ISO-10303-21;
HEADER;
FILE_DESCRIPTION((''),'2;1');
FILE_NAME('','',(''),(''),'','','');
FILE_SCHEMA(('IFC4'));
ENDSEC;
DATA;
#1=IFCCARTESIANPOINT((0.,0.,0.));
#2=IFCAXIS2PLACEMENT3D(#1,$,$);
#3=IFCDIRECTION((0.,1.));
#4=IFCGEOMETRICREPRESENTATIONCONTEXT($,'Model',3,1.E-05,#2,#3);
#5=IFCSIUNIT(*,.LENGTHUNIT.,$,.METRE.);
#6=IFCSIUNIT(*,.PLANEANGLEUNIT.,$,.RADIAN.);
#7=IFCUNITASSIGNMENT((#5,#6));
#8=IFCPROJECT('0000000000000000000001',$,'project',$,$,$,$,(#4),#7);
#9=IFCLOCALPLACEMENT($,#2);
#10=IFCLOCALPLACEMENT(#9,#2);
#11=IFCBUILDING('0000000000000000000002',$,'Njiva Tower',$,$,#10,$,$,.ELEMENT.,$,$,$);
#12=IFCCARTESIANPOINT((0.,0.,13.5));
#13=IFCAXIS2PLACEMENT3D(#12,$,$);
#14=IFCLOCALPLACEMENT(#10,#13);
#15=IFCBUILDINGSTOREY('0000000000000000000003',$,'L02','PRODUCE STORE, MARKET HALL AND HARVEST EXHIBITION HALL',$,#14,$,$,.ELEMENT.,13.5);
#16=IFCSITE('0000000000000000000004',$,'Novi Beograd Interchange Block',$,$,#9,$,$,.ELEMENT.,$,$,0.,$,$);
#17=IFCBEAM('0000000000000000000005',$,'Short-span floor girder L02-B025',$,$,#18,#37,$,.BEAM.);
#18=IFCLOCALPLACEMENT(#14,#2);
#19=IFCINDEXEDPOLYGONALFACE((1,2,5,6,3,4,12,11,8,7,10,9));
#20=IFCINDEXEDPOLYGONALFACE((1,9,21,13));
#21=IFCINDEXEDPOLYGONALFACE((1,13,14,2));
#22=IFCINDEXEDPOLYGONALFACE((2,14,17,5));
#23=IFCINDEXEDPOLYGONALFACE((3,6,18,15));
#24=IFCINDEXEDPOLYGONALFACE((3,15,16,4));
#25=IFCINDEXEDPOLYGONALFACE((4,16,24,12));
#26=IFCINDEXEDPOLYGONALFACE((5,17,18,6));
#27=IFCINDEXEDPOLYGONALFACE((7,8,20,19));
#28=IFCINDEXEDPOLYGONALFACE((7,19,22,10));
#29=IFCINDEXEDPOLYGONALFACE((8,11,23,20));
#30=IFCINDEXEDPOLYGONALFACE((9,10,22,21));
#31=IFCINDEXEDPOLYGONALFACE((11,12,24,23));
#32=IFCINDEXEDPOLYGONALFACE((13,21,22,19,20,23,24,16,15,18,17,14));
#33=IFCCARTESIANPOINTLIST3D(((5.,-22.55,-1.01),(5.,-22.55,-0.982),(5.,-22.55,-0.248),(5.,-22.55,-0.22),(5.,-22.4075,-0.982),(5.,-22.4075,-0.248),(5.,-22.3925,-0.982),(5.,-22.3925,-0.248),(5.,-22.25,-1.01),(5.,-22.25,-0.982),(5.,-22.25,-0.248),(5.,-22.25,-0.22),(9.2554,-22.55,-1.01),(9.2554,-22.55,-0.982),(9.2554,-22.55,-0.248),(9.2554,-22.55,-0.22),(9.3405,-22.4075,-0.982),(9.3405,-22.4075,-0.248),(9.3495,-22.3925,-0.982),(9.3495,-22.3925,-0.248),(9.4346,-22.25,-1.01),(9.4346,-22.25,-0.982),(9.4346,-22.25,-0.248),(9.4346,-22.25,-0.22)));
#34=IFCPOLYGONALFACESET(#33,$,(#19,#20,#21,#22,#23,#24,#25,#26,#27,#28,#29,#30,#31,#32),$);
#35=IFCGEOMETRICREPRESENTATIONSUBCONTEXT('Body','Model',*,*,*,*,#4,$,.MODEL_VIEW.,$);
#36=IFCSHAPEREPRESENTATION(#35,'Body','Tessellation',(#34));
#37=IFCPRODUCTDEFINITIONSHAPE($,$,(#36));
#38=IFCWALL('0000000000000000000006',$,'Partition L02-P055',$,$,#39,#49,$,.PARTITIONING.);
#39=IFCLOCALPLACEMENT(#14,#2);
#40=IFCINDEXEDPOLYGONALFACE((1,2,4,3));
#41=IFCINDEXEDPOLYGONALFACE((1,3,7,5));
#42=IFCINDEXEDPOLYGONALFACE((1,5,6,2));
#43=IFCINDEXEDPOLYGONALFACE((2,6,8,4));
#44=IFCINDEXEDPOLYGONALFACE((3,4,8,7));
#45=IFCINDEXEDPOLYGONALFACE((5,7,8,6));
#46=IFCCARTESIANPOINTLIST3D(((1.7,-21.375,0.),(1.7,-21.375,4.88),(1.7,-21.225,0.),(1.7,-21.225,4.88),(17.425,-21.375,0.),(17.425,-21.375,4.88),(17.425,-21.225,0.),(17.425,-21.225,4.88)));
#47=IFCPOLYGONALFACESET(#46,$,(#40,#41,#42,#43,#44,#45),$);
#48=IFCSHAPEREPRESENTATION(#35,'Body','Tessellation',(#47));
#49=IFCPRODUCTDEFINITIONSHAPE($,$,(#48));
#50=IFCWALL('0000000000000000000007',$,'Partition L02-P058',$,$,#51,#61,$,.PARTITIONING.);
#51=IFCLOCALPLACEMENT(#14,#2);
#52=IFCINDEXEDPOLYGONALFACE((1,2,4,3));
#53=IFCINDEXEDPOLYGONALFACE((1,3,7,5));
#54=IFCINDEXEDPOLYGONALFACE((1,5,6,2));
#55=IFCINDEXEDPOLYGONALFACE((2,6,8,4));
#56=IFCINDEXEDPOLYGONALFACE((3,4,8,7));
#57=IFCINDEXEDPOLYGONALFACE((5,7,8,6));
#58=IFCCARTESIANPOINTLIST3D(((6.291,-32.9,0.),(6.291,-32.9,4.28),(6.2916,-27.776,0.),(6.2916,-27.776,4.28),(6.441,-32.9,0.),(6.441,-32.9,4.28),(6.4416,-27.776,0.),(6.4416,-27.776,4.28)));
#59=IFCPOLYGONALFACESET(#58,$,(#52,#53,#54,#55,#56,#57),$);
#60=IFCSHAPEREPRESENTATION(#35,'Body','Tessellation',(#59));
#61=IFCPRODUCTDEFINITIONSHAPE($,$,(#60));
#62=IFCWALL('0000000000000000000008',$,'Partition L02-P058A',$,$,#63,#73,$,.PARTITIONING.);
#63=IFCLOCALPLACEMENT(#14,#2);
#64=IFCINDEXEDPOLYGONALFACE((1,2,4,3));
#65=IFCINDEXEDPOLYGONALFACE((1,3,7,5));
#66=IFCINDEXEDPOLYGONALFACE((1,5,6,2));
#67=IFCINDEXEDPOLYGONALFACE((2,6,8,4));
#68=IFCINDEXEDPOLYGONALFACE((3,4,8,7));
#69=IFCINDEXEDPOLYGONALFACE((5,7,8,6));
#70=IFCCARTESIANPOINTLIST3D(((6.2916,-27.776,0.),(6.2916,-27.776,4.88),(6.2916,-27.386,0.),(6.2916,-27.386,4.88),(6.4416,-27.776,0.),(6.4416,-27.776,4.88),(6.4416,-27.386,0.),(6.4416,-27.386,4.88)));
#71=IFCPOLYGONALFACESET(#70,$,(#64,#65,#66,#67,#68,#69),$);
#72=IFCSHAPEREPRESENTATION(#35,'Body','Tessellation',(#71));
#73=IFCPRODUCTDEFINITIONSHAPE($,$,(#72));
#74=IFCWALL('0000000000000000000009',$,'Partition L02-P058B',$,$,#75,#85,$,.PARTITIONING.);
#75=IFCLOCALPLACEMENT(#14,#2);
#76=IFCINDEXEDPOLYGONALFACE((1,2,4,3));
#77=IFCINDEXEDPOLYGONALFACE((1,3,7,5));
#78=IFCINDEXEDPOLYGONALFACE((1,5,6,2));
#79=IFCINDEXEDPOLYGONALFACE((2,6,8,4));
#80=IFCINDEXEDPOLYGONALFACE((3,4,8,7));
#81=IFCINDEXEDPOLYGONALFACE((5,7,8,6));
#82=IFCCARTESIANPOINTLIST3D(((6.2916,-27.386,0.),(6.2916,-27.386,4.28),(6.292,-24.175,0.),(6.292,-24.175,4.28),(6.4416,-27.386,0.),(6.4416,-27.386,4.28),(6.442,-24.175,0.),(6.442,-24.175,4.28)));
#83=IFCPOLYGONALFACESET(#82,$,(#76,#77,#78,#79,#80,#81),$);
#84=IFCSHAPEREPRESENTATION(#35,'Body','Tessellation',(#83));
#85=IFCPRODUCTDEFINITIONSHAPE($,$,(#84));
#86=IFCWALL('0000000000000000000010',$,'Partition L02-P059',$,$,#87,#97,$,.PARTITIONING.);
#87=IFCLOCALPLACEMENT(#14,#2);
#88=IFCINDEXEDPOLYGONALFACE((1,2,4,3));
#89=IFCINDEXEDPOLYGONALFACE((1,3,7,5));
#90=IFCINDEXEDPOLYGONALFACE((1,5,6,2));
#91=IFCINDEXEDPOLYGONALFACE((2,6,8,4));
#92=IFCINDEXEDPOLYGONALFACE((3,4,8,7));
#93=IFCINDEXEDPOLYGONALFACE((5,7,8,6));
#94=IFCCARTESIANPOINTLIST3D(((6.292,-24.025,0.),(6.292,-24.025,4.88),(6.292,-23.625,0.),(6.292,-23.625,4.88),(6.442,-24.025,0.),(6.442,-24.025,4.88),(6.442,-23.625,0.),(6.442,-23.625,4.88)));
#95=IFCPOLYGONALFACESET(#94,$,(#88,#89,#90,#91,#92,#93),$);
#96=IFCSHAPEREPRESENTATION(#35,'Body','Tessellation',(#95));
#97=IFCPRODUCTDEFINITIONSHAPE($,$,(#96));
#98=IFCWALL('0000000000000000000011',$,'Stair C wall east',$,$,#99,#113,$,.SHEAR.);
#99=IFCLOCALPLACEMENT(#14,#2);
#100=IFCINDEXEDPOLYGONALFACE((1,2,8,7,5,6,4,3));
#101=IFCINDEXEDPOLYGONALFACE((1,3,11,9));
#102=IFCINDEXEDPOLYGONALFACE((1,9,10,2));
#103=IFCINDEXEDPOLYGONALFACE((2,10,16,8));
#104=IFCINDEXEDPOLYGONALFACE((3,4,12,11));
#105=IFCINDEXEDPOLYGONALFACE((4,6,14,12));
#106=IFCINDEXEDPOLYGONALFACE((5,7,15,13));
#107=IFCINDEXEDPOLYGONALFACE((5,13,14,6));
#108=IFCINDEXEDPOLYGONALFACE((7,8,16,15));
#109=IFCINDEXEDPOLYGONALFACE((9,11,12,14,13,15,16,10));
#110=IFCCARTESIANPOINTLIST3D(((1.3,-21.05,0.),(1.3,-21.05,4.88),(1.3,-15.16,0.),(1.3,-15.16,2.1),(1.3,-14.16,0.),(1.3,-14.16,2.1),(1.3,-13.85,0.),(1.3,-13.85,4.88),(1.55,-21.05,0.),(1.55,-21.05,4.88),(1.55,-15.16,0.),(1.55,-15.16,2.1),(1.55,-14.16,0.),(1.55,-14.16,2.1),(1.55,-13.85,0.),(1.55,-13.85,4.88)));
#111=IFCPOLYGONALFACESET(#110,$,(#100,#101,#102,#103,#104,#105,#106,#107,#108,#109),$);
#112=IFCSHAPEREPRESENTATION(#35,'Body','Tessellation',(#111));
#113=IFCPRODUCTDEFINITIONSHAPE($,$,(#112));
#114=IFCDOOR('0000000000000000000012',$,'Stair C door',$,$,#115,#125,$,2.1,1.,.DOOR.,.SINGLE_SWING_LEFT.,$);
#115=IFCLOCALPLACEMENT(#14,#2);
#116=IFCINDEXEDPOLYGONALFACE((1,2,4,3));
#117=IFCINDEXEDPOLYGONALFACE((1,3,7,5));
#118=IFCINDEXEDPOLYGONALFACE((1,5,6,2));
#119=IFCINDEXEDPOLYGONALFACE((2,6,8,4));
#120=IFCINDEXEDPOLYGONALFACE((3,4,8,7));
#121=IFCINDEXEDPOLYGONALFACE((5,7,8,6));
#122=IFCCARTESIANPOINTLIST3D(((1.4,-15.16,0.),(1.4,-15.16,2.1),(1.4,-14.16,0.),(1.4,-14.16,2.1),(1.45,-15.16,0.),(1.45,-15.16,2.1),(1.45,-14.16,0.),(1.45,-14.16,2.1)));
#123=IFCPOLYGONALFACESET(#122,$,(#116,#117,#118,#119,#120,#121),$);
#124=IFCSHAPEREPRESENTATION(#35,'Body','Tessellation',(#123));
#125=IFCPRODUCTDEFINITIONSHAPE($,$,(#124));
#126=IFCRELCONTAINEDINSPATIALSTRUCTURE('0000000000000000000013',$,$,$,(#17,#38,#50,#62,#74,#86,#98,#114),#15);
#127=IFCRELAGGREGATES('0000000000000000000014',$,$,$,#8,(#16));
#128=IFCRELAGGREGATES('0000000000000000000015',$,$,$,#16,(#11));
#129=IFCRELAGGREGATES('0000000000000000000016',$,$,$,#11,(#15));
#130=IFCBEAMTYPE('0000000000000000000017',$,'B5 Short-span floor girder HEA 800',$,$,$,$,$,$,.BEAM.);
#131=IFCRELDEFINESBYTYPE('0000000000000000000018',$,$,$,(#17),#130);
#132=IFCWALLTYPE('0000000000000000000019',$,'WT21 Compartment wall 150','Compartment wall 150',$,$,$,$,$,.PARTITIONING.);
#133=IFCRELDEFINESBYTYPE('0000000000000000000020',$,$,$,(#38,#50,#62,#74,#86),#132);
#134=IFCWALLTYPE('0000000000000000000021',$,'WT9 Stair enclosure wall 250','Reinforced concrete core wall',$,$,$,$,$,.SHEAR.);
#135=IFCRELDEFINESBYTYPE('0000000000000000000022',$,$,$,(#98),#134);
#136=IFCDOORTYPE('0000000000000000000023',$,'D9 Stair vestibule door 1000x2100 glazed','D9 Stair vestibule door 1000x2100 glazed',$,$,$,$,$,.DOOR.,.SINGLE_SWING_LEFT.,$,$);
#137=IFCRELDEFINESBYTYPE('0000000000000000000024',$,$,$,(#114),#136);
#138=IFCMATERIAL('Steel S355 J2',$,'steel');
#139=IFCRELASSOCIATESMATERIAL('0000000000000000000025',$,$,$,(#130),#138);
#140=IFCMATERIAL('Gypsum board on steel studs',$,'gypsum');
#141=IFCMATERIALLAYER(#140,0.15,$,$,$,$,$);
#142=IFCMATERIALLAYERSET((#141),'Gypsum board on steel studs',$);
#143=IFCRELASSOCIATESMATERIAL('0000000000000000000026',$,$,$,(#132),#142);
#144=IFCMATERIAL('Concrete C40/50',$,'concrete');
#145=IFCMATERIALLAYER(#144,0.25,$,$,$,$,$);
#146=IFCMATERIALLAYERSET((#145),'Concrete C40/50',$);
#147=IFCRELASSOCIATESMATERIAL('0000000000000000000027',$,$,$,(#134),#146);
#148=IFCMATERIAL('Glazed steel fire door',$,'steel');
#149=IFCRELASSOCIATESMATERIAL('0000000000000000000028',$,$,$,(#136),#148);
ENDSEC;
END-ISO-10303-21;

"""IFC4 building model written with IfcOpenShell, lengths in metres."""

from ifc_helpers import new_model, si_unit, direction, frame, frame_2d, origin, origin_2d, place, context, subcontext, project, spatial, rectangle, i_section, extrude, clip, halfspace, material, layer, layer_set, material_profile, profile_set, type_object, element, fill, save


model = new_model("IFC4")

# Units and contexts
model_context = context("Model", 3, precision=1e-05, world=origin(), true_north=direction((0.0, 1.0)))
body_context = subcontext(model_context, "Body", "Model", "MODEL_VIEW")
ifc_project = project(units=[si_unit("LENGTHUNIT", "METRE"), si_unit("PLANEANGLEUNIT", "RADIAN")], contexts=[model_context])

# Site, building, storey
site_placement = place(None, origin())
site = spatial("IfcSite", under=ifc_project, at=site_placement, Name="Novi Beograd Interchange Block", CompositionType="ELEMENT", RefElevation=0.0)
building_placement = place(site_placement, origin())
building = spatial("IfcBuilding", under=site, at=building_placement, Name="Njiva Tower", CompositionType="ELEMENT")
storey_placement = place(building_placement, frame((0.0, 0.0, 13.5)))
storey = spatial("IfcBuildingStorey", under=building, at=storey_placement, Name="L02", Description="PRODUCE STORE, MARKET HALL AND HARVEST EXHIBITION HALL", CompositionType="ELEMENT", Elevation=13.5)

# Shared definitions
ifc_material_1 = material(Name="Steel S355 J2", Category="steel")

# Beam
ifc_material_profile_1 = material_profile(ifc_material_1, i_section(OverallWidth=0.3, OverallDepth=0.79, WebThickness=0.015, FlangeThickness=0.028, at=origin_2d()), Name="HEA 800")
ifc_profile_set_1 = profile_set([ifc_material_profile_1], Name="Steel S355 J2")
beam_type_1 = type_object("IfcBeamType", Name="B5 Short-span floor girder HEA 800", PredefinedType="BEAM", material=ifc_profile_set_1)
beam_1_placement = place(storey_placement, frame((5.0, -22.4, -0.615), z_axis=(1.0, 0.0, 0.0), x_axis=(0.0, 1.0, 0.0)))
element("IfcBeam", 1, at=beam_1_placement, inside=storey, type_object=beam_type_1, Name="Short-span floor girder L02-B025", PredefinedType="BEAM", context=body_context, shape_type="Clipping", body=[
    clip(extrude(i_section(OverallWidth=0.3, OverallDepth=0.79, WebThickness=0.015, FlangeThickness=0.028, at=origin_2d()), origin(), (0.0, 0.0, 1.0), 4.455), halfspace(frame((-0.0256, 0.0, 4.3297), z_axis=(-0.512842, 0.0, 0.858483), x_axis=(0.0, 1.0, 0.0)), False)),
])

# Walls
ifc_material_2 = material(Name="Gypsum board on steel studs", Category="gypsum")
ifc_layer_1 = layer(ifc_material_2, 0.15)
ifc_layer_set_1 = layer_set([ifc_layer_1], Name="Gypsum board on steel studs")
wall_type_1 = type_object("IfcWallType", Name="WT21 Compartment wall 150", Description="Compartment wall 150", PredefinedType="PARTITIONING", material=ifc_layer_set_1)
wall_1_placement = place(storey_placement, frame((1.7, -21.3, 0.0), z_axis=(0.0, 0.0, 1.0), x_axis=(1.0, 0.0, 0.0)))
element("IfcWall", 2, at=wall_1_placement, inside=storey, type_object=wall_type_1, Name="Partition L02-P055", PredefinedType="PARTITIONING", context=body_context, shape_type="SweptSolid", body=[
    extrude(rectangle(XDim=15.725, YDim=0.15, at=frame_2d((7.8625, 0.0))), origin(), (0.0, 0.0, 1.0), 4.88),
])
wall_2_placement = place(storey_placement, frame((6.366, -32.9, 0.0), z_axis=(0.0, 0.0, 1.0), x_axis=(0.000117, 1.0, 0.0)))
element("IfcWall", 3, at=wall_2_placement, inside=storey, type_object=wall_type_1, Name="Partition L02-P058", PredefinedType="PARTITIONING", context=body_context, shape_type="SweptSolid", body=[
    extrude(rectangle(XDim=5.124, YDim=0.15, at=frame_2d((2.562, 0.0))), origin(), (0.0, 0.0, 1.0), 4.28),
])
wall_3_placement = place(storey_placement, frame((6.3666, -27.776, 0.0), z_axis=(0.0, 0.0, 1.0), x_axis=(0.0, 1.0, 0.0)))
element("IfcWall", 4, at=wall_3_placement, inside=storey, type_object=wall_type_1, Name="Partition L02-P058A", PredefinedType="PARTITIONING", context=body_context, shape_type="SweptSolid", body=[
    extrude(rectangle(XDim=0.39, YDim=0.15, at=frame_2d((0.195, 0.0))), origin(), (0.0, 0.0, 1.0), 4.88),
])
wall_4_placement = place(storey_placement, frame((6.3666, -27.386, 0.0), z_axis=(0.0, 0.0, 1.0), x_axis=(0.000125, 1.0, 0.0)))
element("IfcWall", 5, at=wall_4_placement, inside=storey, type_object=wall_type_1, Name="Partition L02-P058B", PredefinedType="PARTITIONING", context=body_context, shape_type="SweptSolid", body=[
    extrude(rectangle(XDim=3.211, YDim=0.15, at=frame_2d((1.6055, 0.0))), origin(), (0.0, 0.0, 1.0), 4.28),
])
wall_5_placement = place(storey_placement, frame((6.367, -24.025, 0.0), z_axis=(0.0, 0.0, 1.0), x_axis=(0.0, 1.0, 0.0)))
element("IfcWall", 6, at=wall_5_placement, inside=storey, type_object=wall_type_1, Name="Partition L02-P059", PredefinedType="PARTITIONING", context=body_context, shape_type="SweptSolid", body=[
    extrude(rectangle(XDim=0.4, YDim=0.15, at=frame_2d((0.2, 0.0))), origin(), (0.0, 0.0, 1.0), 4.88),
])

# Wall, opening, door
ifc_material_3 = material(Name="Concrete C40/50", Category="concrete")
ifc_layer_2 = layer(ifc_material_3, 0.25)
ifc_layer_set_2 = layer_set([ifc_layer_2], Name="Concrete C40/50")
wall_type_2 = type_object("IfcWallType", Name="WT9 Stair enclosure wall 250", Description="Reinforced concrete core wall", PredefinedType="SHEAR", material=ifc_layer_set_2)
wall_6_placement = place(storey_placement, frame((1.425, -21.05, 0.0), z_axis=(0.0, 0.0, 1.0), x_axis=(0.0, 1.0, 0.0)))
wall_6 = element("IfcWall", 7, at=wall_6_placement, inside=storey, type_object=wall_type_2, Name="Stair C wall east", PredefinedType="SHEAR", context=body_context, shape_type="SweptSolid", body=[
    extrude(rectangle(XDim=7.2, YDim=0.25, at=frame_2d((3.6, 0.0))), origin(), (0.0, 0.0, 1.0), 4.88),
])
opening_placement = place(wall_6_placement, frame((5.89, 0.0, 0.0)))
opening = element("IfcOpeningElement", 8, at=opening_placement, cuts=wall_6, PredefinedType="OPENING", context=body_context, shape_type="SweptSolid", body=[
    extrude(rectangle(XDim=1.0, YDim=2.1, at=frame_2d((0.5, 1.05))), frame((0.0, 0.135, 0.0), z_axis=(0.0, -1.0, 0.0), x_axis=(1.0, 0.0, 0.0)), (0.0, 0.0, 1.0), 0.27),
])
ifc_material_4 = material(Name="Glazed steel fire door", Category="steel")
door_type = type_object("IfcDoorType", Name="D9 Stair vestibule door 1000x2100 glazed", Description="D9 Stair vestibule door 1000x2100 glazed", OperationType="SINGLE_SWING_LEFT", PredefinedType="DOOR", material=ifc_material_4)
door_placement = place(opening_placement, origin())
door = element("IfcDoor", 9, at=door_placement, inside=storey, type_object=door_type, Name="Stair C door", OperationType="SINGLE_SWING_LEFT", OverallHeight=2.1, OverallWidth=1.0, PredefinedType="DOOR", context=body_context, shape_type="SweptSolid", body=[
    extrude(rectangle(XDim=1.0, YDim=2.1, at=frame_2d((0.5, 1.05))), frame((0.0, 0.025, 0.0), z_axis=(0.0, -1.0, 0.0), x_axis=(1.0, 0.0, 0.0)), (0.0, 0.0, 1.0), 0.05),
])
fill(opening, door)

save(model, "model.ifc")
